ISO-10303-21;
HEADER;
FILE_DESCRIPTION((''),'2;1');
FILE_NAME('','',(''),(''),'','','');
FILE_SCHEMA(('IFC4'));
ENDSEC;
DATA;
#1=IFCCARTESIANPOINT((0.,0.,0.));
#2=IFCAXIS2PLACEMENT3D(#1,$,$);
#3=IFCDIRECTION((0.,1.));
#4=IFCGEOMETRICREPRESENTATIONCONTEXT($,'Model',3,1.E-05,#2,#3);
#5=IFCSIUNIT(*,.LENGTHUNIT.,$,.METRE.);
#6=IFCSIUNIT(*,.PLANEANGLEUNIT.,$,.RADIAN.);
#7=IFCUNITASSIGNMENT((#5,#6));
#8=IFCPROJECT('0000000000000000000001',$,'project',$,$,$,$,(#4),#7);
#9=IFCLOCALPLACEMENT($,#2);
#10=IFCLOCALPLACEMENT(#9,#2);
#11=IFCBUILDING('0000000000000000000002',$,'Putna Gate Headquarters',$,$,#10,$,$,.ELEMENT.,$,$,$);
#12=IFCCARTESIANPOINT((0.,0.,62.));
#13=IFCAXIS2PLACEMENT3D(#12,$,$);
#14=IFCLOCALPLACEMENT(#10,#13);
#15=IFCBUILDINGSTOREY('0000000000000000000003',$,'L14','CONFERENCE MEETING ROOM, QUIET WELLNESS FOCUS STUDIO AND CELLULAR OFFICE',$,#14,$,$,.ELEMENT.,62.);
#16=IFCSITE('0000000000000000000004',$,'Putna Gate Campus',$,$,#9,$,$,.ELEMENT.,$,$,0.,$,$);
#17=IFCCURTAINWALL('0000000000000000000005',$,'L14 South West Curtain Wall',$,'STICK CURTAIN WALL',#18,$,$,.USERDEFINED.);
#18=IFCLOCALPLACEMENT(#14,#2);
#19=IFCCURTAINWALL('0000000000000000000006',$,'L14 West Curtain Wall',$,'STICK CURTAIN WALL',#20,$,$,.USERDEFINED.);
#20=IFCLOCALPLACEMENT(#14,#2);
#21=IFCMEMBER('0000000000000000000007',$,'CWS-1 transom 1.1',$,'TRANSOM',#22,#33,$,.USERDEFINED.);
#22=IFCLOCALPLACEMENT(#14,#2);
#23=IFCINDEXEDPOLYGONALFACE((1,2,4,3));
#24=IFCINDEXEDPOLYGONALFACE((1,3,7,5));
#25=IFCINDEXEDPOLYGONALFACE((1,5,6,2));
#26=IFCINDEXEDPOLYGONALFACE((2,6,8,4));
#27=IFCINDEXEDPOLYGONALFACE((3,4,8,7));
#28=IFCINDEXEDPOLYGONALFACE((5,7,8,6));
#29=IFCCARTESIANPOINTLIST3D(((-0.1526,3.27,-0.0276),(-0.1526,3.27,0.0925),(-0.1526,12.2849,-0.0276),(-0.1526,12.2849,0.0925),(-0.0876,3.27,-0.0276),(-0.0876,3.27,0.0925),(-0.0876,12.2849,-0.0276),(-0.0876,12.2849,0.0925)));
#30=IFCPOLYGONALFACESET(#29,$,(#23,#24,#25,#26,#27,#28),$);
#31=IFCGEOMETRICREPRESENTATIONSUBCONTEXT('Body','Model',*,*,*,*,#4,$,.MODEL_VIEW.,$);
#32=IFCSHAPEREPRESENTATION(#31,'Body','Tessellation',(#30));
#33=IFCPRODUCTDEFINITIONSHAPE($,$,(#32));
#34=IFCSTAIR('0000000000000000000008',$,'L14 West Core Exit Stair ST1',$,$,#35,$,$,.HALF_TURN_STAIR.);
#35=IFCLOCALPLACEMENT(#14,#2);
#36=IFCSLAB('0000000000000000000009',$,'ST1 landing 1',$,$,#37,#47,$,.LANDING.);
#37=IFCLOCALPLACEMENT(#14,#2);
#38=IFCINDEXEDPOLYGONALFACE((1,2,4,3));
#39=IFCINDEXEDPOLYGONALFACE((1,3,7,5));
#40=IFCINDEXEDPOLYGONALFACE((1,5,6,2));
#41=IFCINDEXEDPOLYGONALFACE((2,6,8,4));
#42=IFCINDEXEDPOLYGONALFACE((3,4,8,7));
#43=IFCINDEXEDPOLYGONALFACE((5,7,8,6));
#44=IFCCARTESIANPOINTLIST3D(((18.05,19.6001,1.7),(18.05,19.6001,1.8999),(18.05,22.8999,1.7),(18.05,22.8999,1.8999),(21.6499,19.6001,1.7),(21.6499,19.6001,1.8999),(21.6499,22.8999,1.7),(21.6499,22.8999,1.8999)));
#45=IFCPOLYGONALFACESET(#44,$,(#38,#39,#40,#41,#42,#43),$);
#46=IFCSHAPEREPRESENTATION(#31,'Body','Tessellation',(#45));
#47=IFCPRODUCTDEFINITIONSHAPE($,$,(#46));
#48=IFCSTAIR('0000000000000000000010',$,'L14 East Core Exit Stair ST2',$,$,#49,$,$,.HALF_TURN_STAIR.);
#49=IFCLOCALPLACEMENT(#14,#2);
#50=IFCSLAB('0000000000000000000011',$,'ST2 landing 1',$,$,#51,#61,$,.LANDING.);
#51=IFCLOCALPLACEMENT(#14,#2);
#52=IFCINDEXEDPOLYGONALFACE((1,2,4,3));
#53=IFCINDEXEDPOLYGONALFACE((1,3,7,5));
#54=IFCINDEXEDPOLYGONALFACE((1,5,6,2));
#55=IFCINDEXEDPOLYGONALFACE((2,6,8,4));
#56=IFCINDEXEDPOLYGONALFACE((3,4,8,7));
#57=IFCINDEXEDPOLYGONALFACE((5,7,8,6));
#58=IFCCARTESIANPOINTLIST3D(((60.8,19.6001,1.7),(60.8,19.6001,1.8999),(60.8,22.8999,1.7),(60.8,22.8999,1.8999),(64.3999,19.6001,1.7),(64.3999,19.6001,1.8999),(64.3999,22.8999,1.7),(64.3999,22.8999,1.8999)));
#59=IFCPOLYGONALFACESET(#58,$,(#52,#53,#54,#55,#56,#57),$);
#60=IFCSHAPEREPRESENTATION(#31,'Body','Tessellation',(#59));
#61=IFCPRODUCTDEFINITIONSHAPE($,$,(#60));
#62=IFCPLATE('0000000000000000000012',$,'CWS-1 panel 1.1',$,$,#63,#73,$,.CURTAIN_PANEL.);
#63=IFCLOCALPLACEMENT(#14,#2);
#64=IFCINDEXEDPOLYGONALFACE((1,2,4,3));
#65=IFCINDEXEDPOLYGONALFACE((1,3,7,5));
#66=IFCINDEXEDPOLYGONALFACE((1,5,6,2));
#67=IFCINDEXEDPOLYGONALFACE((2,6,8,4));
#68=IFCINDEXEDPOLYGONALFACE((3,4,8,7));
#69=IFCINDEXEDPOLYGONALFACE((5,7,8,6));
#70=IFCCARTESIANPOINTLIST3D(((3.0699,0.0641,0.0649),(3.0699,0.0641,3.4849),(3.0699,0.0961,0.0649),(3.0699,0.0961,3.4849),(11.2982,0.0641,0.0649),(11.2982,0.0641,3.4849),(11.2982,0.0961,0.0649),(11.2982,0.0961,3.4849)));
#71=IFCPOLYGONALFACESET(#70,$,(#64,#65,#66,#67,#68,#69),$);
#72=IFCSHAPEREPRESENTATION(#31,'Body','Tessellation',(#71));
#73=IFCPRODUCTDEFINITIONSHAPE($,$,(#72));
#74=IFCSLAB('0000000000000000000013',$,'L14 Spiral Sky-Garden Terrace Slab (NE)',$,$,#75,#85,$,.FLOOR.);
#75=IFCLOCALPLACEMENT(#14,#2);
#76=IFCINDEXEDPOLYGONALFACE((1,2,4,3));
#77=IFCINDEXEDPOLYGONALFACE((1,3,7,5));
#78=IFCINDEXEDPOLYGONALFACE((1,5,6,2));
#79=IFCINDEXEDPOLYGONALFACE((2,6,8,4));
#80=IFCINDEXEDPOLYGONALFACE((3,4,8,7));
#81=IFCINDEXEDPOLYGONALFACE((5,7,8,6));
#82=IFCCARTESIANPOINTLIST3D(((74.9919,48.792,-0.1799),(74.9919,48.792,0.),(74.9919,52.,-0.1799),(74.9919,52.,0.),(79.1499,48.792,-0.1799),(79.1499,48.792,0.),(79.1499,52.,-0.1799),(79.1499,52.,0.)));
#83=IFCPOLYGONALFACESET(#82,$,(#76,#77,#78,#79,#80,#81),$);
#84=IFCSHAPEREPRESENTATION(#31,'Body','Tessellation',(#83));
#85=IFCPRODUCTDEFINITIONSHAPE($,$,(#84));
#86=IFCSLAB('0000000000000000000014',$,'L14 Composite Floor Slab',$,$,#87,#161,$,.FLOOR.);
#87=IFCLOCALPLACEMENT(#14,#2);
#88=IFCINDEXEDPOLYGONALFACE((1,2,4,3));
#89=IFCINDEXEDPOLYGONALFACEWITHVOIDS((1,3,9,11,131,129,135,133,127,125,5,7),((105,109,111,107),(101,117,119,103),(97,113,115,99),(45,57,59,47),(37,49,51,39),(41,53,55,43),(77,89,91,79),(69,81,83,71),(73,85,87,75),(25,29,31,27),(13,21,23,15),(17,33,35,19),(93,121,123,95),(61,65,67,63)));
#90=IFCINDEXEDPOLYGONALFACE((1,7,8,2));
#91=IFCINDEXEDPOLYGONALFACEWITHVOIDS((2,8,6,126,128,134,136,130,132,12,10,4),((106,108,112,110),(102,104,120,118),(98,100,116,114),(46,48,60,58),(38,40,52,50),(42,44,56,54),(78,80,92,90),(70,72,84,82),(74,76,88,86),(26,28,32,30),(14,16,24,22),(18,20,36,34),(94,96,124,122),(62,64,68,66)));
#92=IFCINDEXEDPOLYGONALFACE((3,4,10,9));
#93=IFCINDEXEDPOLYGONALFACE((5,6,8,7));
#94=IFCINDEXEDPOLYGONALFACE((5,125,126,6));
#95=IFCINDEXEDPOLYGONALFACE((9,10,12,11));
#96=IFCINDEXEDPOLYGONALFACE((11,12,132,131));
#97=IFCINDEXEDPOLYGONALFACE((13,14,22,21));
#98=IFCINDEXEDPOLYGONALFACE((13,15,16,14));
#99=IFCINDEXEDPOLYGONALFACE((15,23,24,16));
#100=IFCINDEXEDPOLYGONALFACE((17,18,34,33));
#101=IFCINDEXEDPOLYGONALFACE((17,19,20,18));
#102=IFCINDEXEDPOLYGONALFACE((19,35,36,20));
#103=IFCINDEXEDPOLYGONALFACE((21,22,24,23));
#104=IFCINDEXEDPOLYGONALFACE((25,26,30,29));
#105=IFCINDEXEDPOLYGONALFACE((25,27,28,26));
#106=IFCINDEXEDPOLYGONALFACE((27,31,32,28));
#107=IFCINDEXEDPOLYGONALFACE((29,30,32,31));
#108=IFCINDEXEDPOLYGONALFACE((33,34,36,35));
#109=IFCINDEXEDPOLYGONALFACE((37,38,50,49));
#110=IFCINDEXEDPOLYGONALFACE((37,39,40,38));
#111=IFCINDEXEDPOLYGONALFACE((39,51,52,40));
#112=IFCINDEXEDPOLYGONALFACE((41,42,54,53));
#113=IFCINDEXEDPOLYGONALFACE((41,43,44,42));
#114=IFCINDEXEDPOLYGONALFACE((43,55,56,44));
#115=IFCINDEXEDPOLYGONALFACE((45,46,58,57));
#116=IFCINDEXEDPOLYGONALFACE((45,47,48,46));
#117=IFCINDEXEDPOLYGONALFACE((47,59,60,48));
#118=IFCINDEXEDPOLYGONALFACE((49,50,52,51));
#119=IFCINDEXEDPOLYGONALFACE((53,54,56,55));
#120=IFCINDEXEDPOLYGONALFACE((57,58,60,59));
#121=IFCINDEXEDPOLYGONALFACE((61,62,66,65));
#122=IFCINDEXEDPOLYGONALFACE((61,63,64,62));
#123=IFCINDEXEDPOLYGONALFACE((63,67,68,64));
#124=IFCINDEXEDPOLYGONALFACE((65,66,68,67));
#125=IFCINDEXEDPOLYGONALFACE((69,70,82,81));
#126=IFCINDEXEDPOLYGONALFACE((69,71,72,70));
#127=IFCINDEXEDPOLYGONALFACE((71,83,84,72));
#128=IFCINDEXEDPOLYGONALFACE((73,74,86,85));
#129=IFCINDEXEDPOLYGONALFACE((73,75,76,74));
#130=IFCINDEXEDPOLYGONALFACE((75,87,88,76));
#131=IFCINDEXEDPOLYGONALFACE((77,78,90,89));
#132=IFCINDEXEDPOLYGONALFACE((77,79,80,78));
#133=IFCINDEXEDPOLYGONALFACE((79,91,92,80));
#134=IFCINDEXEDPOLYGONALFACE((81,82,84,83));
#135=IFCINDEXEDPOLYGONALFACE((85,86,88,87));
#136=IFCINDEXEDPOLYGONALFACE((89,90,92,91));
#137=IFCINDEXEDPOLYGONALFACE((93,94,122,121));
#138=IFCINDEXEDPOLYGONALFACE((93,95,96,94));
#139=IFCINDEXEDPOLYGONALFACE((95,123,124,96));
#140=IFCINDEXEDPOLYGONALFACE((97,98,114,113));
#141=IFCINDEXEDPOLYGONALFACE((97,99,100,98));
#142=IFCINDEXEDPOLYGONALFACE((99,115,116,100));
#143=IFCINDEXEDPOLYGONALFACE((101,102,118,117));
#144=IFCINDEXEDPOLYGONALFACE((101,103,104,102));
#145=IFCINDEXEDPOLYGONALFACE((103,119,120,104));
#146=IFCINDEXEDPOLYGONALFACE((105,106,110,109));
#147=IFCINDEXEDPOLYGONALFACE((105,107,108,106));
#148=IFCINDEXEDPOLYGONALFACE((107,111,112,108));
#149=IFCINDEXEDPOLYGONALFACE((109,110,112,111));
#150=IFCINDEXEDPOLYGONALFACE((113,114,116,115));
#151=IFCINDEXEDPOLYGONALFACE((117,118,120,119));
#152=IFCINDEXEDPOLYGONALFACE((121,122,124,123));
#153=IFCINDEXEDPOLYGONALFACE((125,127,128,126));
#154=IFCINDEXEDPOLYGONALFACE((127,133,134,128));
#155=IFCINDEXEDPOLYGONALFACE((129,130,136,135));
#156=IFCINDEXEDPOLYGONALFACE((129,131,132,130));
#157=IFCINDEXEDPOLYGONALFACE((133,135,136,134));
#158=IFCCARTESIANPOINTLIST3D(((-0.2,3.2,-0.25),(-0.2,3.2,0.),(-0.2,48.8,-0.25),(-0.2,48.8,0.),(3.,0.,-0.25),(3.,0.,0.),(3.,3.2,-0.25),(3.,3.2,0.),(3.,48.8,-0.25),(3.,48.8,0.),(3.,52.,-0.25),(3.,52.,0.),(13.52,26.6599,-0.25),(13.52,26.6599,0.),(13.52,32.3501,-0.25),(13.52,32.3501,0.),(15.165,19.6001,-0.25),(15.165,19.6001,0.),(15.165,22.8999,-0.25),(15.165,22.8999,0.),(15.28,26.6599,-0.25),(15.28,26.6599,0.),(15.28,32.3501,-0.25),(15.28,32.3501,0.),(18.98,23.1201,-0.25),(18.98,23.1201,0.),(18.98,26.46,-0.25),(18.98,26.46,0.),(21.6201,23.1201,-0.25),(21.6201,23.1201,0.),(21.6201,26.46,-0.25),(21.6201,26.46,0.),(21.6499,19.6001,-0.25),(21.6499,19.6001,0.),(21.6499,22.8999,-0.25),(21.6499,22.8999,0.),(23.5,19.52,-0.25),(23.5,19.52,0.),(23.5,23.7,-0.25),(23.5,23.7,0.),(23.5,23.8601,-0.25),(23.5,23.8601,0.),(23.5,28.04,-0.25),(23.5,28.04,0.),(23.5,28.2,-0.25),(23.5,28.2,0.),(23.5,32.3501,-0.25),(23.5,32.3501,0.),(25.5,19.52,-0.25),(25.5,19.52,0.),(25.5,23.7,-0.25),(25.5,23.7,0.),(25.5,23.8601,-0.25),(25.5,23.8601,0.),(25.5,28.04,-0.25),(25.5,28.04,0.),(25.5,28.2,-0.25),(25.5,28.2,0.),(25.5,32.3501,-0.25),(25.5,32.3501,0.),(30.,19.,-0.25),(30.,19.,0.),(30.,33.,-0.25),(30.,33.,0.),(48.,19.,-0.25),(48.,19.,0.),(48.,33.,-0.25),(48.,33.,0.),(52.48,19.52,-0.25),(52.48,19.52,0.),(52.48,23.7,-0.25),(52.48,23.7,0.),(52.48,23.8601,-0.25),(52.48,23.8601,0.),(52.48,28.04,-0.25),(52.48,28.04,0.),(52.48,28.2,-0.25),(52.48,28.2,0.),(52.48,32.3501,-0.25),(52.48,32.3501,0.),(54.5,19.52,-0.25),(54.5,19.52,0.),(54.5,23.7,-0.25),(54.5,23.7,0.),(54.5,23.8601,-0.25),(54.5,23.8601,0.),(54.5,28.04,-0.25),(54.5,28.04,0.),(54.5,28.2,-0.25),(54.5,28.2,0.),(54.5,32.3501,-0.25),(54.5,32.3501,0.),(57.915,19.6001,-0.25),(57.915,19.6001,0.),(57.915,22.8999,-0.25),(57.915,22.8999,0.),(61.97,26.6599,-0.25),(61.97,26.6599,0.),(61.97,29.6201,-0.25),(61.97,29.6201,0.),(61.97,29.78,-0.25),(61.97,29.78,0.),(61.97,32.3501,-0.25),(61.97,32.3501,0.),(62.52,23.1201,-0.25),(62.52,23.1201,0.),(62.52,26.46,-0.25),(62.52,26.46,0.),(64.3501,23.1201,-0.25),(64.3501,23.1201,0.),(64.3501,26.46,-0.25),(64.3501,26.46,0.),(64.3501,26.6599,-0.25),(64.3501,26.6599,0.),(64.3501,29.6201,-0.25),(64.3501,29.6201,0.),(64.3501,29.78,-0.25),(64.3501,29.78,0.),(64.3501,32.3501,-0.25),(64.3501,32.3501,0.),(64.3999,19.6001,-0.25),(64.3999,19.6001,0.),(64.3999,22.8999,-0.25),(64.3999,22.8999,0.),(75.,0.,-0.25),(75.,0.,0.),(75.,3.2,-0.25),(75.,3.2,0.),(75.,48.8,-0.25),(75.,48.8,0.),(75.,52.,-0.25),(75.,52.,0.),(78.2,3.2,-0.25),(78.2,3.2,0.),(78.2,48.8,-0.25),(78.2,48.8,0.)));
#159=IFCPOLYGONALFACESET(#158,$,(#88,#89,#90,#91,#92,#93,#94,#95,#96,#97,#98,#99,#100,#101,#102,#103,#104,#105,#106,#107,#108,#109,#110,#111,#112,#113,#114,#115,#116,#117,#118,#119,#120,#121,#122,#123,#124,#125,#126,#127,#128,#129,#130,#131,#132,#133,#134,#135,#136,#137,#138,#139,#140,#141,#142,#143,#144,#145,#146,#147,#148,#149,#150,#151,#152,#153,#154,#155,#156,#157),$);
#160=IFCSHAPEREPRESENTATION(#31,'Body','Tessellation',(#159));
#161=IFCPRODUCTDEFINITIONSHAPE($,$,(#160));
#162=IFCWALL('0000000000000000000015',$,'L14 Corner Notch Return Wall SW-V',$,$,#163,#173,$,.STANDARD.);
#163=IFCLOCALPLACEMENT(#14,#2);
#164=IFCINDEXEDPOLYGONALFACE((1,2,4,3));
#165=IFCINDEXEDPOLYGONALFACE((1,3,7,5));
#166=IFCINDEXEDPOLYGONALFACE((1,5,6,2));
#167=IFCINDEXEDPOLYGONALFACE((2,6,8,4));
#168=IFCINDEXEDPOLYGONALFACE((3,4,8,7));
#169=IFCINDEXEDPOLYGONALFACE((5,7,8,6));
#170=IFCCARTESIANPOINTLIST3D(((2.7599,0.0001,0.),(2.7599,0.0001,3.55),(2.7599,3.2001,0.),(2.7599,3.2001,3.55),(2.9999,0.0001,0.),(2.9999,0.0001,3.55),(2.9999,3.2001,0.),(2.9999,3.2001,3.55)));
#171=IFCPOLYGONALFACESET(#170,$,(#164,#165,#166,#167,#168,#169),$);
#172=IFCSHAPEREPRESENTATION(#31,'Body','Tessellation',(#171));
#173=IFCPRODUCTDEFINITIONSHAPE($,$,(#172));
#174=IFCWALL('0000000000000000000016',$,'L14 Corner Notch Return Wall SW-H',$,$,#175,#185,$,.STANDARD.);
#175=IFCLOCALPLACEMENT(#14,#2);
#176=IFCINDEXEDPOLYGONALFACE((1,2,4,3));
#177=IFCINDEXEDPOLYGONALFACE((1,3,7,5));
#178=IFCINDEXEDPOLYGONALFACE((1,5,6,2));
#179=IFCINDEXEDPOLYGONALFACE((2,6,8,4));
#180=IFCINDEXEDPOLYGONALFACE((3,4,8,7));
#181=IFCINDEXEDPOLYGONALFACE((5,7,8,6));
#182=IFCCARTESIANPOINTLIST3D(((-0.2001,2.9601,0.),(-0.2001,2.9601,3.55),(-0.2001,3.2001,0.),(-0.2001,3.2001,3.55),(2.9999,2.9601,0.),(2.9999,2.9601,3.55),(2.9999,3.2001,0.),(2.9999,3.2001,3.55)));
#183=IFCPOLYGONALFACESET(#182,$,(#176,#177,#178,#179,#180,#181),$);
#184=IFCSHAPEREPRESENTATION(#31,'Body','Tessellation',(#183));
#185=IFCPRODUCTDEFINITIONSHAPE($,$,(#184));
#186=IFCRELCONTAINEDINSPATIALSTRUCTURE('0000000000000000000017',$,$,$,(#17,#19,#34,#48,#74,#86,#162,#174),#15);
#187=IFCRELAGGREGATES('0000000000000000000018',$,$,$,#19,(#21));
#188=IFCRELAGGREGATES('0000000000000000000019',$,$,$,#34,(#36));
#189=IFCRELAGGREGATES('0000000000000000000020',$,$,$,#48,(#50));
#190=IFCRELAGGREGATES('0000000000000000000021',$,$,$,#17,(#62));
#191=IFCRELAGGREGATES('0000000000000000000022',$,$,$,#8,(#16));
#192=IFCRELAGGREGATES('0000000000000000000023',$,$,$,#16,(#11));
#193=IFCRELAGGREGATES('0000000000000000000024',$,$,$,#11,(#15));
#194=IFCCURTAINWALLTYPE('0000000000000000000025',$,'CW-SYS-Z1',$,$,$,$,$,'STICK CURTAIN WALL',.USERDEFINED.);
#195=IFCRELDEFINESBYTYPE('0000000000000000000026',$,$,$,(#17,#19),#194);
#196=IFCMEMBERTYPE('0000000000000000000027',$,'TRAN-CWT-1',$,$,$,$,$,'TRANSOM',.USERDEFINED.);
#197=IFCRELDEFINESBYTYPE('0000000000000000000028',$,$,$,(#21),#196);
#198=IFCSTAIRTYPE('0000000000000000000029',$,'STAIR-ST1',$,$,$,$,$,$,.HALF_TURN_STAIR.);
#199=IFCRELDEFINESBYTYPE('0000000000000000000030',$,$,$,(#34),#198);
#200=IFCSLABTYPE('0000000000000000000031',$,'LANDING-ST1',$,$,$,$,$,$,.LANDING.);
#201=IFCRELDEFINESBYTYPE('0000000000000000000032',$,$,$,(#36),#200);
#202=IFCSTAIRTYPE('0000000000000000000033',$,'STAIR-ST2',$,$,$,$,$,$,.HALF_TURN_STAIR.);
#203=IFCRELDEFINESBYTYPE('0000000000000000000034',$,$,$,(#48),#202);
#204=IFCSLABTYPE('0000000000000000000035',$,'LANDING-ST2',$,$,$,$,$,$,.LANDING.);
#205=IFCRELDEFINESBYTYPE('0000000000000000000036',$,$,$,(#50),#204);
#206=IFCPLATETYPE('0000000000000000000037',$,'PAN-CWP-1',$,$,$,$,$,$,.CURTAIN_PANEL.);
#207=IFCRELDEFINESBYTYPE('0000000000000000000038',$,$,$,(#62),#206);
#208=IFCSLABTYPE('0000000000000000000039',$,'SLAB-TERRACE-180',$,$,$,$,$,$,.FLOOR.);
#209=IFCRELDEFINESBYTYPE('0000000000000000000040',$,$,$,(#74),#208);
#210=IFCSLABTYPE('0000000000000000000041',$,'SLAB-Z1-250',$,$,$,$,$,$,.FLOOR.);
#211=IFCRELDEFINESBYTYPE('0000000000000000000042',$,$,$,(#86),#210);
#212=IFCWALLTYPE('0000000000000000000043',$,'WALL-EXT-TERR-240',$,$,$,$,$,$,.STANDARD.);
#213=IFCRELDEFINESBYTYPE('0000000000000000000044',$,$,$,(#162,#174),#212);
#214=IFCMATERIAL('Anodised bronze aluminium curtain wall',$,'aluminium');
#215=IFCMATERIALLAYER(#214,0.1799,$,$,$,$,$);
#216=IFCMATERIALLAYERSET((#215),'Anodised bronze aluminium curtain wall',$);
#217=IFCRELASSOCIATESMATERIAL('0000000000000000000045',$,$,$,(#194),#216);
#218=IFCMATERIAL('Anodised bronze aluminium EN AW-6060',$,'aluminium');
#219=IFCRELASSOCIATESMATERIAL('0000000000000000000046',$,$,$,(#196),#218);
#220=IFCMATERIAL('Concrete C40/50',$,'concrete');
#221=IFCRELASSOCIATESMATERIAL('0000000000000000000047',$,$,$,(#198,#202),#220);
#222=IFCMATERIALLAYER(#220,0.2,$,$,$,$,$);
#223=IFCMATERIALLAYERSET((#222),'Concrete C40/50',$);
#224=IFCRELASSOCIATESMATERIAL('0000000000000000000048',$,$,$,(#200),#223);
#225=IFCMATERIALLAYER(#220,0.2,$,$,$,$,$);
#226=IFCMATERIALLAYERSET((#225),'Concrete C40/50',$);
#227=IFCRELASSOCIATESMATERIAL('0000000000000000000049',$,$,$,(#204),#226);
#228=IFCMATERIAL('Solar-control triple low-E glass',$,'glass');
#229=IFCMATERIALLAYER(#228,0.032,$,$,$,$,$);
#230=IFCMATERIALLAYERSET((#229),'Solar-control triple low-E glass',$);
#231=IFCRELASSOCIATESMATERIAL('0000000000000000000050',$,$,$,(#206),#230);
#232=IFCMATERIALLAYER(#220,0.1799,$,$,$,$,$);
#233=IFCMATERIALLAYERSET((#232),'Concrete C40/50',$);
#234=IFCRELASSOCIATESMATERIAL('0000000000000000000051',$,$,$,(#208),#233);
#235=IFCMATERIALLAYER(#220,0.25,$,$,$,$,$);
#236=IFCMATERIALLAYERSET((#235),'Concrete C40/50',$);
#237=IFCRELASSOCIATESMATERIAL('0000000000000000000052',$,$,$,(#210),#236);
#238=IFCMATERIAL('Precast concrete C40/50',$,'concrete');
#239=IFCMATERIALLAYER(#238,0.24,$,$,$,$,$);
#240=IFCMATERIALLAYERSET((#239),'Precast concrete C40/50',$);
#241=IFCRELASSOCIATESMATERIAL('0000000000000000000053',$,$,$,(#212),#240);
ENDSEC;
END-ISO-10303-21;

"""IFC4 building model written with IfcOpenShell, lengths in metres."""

from ifc_helpers import new_model, si_unit, direction, frame, frame_2d, origin, origin_2d, place, context, subcontext, project, spatial, polyline, rectangle, outline, extrude, material, layer, layer_set, material_profile, profile_set, type_object, element, aggregate, save


model = new_model("IFC4")

# Units and contexts
model_context = context("Model", 3, precision=1e-05, world=origin(), true_north=direction((0.0, 1.0)))
body_context = subcontext(model_context, "Body", "Model", "MODEL_VIEW")
ifc_project = project(units=[si_unit("LENGTHUNIT", "METRE"), si_unit("PLANEANGLEUNIT", "RADIAN")], contexts=[model_context])

# Site, building, storey
site_placement = place(None, origin())
site = spatial("IfcSite", under=ifc_project, at=site_placement, Name="Putna Gate Campus", CompositionType="ELEMENT", RefElevation=0.0)
building_placement = place(site_placement, origin())
building = spatial("IfcBuilding", under=site, at=building_placement, Name="Putna Gate Headquarters", CompositionType="ELEMENT")
storey_placement = place(building_placement, frame((0.0, 0.0, 62.0)))
storey = spatial("IfcBuildingStorey", under=building, at=storey_placement, Name="L14", Description="CONFERENCE MEETING ROOM, QUIET WELLNESS FOCUS STUDIO AND CELLULAR OFFICE", CompositionType="ELEMENT", Elevation=62.0)

# Curtain wall
ifc_material_1 = material(Name="Anodised bronze aluminium curtain wall", Category="aluminium")
ifc_layer_1 = layer(ifc_material_1, 0.1799)
ifc_layer_set_1 = layer_set([ifc_layer_1], Name="Anodised bronze aluminium curtain wall")
curtain_wall_type = type_object("IfcCurtainWallType", Name="CW-SYS-Z1", ElementType="STICK CURTAIN WALL", PredefinedType="USERDEFINED", material=ifc_layer_set_1)
curtain_wall_1_placement = place(storey_placement, origin())
curtain_wall_1 = element("IfcCurtainWall", 1, at=curtain_wall_1_placement, inside=storey, type_object=curtain_wall_type, Name="L14 South West Curtain Wall", ObjectType="STICK CURTAIN WALL", PredefinedType="USERDEFINED")
ifc_material_2 = material(Name="Anodised bronze aluminium EN AW-6060", Category="aluminium")

# Curtain wall
curtain_wall_2_placement = place(storey_placement, origin())
curtain_wall_2 = element("IfcCurtainWall", 2, at=curtain_wall_2_placement, inside=storey, type_object=curtain_wall_type, Name="L14 West Curtain Wall", ObjectType="STICK CURTAIN WALL", PredefinedType="USERDEFINED")

# Member
ifc_material_profile_1 = material_profile(ifc_material_2, rectangle(XDim=0.0649, YDim=0.1201, at=origin_2d()), Name="Anodised bronze aluminium EN AW-6060")
ifc_profile_set_1 = profile_set([ifc_material_profile_1], Name="Anodised bronze aluminium EN AW-6060")
member_type_1 = type_object("IfcMemberType", Name="TRAN-CWT-1", ElementType="TRANSOM", PredefinedType="USERDEFINED", material=ifc_profile_set_1)
member_1_placement = place(storey_placement, frame((-0.1201, 3.27, 0.0325), z_axis=(0.0, 1.0, 0.0), x_axis=(-1.0, 0.0, 0.0)))
member_1 = element("IfcMember", 3, at=member_1_placement, type_object=member_type_1, Name="CWS-1 transom 1.1", ObjectType="TRANSOM", PredefinedType="USERDEFINED", context=body_context, shape_type="SweptSolid", body=[
    extrude(rectangle(XDim=0.0649, YDim=0.1201, at=origin_2d()), origin(), (0.0, 0.0, 1.0), 9.0149),
])
aggregate(curtain_wall_2, [member_1])

# Stairs, slabs
ifc_material_3 = material(Name="Concrete C40/50", Category="concrete")
stair_type_1 = type_object("IfcStairType", Name="STAIR-ST1", PredefinedType="HALF_TURN_STAIR", material=ifc_material_3)
stair_1_placement = place(storey_placement, origin())
stair_1 = element("IfcStair", 4, at=stair_1_placement, inside=storey, type_object=stair_type_1, Name="L14 West Core Exit Stair ST1", PredefinedType="HALF_TURN_STAIR")
ifc_layer_2 = layer(ifc_material_3, 0.2)
ifc_layer_set_2 = layer_set([ifc_layer_2], Name="Concrete C40/50")
slab_type_1 = type_object("IfcSlabType", Name="LANDING-ST1", PredefinedType="LANDING", material=ifc_layer_set_2)
slab_1_placement = place(storey_placement, frame((0.0, 0.0, 1.7)))
slab_1 = element("IfcSlab", 5, at=slab_1_placement, type_object=slab_type_1, Name="ST1 landing 1", PredefinedType="LANDING", context=body_context, shape_type="SweptSolid", body=[
    extrude(outline(polyline([(18.05, 19.6001), (21.6499, 19.6001), (21.6499, 22.8999), (18.05, 22.8999), (18.05, 19.6001)])), origin(), (0.0, 0.0, 1.0), 0.2),
])
aggregate(stair_1, [slab_1])
stair_type_2 = type_object("IfcStairType", Name="STAIR-ST2", PredefinedType="HALF_TURN_STAIR", material=ifc_material_3)
stair_2_placement = place(storey_placement, origin())
stair_2 = element("IfcStair", 6, at=stair_2_placement, inside=storey, type_object=stair_type_2, Name="L14 East Core Exit Stair ST2", PredefinedType="HALF_TURN_STAIR")
ifc_layer_3 = layer(ifc_material_3, 0.2)
ifc_layer_set_3 = layer_set([ifc_layer_3], Name="Concrete C40/50")
slab_type_2 = type_object("IfcSlabType", Name="LANDING-ST2", PredefinedType="LANDING", material=ifc_layer_set_3)
slab_2_placement = place(storey_placement, frame((0.0, 0.0, 1.7)))
slab_2 = element("IfcSlab", 7, at=slab_2_placement, type_object=slab_type_2, Name="ST2 landing 1", PredefinedType="LANDING", context=body_context, shape_type="SweptSolid", body=[
    extrude(outline(polyline([(60.8, 19.6001), (64.3999, 19.6001), (64.3999, 22.8999), (60.8, 22.8999), (60.8, 19.6001)])), origin(), (0.0, 0.0, 1.0), 0.2),
])
aggregate(stair_2, [slab_2])

# Plate
ifc_material_4 = material(Name="Solar-control triple low-E glass", Category="glass")
ifc_layer_4 = layer(ifc_material_4, 0.032)
ifc_layer_set_4 = layer_set([ifc_layer_4], Name="Solar-control triple low-E glass")
plate_type = type_object("IfcPlateType", Name="PAN-CWP-1", PredefinedType="CURTAIN_PANEL", material=ifc_layer_set_4)
plate_placement = place(storey_placement, frame((7.1841, 0.0801, 0.0649), z_axis=(0.0, 0.0, 1.0), x_axis=(1.0, 0.0, 0.0)))
plate = element("IfcPlate", 8, at=plate_placement, type_object=plate_type, Name="CWS-1 panel 1.1", PredefinedType="CURTAIN_PANEL", context=body_context, shape_type="SweptSolid", body=[
    extrude(rectangle(XDim=8.2283, YDim=0.032, at=origin_2d()), origin(), (0.0, 0.0, 1.0), 3.4199),
])
aggregate(curtain_wall_1, [plate])

# Slabs
ifc_layer_5 = layer(ifc_material_3, 0.1799)
ifc_layer_set_5 = layer_set([ifc_layer_5], Name="Concrete C40/50")
slab_type_3 = type_object("IfcSlabType", Name="SLAB-TERRACE-180", PredefinedType="FLOOR", material=ifc_layer_set_5)
slab_3_placement = place(storey_placement, frame((0.0, 0.0, -0.1799)))
element("IfcSlab", 9, at=slab_3_placement, inside=storey, type_object=slab_type_3, Name="L14 Spiral Sky-Garden Terrace Slab (NE)", PredefinedType="FLOOR", context=body_context, shape_type="SweptSolid", body=[
    extrude(outline(polyline([(74.9919, 48.792), (79.1499, 48.792), (79.1499, 52.0), (74.9919, 52.0), (74.9919, 48.792)])), origin(), (0.0, 0.0, 1.0), 0.1799),
])
ifc_layer_6 = layer(ifc_material_3, 0.25)
ifc_layer_set_6 = layer_set([ifc_layer_6], Name="Concrete C40/50")
slab_type_4 = type_object("IfcSlabType", Name="SLAB-Z1-250", PredefinedType="FLOOR", material=ifc_layer_set_6)
slab_4_placement = place(storey_placement, frame((0.0, 0.0, -0.25)))
element("IfcSlab", 10, at=slab_4_placement, inside=storey, type_object=slab_type_4, Name="L14 Composite Floor Slab", PredefinedType="FLOOR", context=body_context, shape_type="SweptSolid", body=[
    extrude(outline(polyline([(3.0, 0.0), (75.0, 0.0), (75.0, 3.2), (78.2, 3.2), (78.2, 48.8), (75.0, 48.8), (75.0, 52.0), (3.0, 52.0), (3.0, 48.8), (-0.2, 48.8), (-0.2, 3.2), (3.0, 3.2), (3.0, 0.0)]), holes=[polyline([(15.165, 19.6001), (21.6499, 19.6001), (21.6499, 22.8999), (15.165, 22.8999), (15.165, 19.6001)]), polyline([(57.915, 19.6001), (64.3999, 19.6001), (64.3999, 22.8999), (57.915, 22.8999), (57.915, 19.6001)]), polyline([(13.52, 26.6599), (15.28, 26.6599), (15.28, 32.3501), (13.52, 32.3501), (13.52, 26.6599)]), polyline([(61.97, 29.78), (64.3501, 29.78), (64.3501, 32.3501), (61.97, 32.3501), (61.97, 29.78)]), polyline([(18.98, 23.1201), (21.6201, 23.1201), (21.6201, 26.46), (18.98, 26.46), (18.98, 23.1201)]), polyline([(62.52, 23.1201), (64.3501, 23.1201), (64.3501, 26.46), (62.52, 26.46), (62.52, 23.1201)]), polyline([(61.97, 26.6599), (64.3501, 26.6599), (64.3501, 29.6201), (61.97, 29.6201), (61.97, 26.6599)]), polyline([(23.5, 19.52), (25.5, 19.52), (25.5, 23.7), (23.5, 23.7), (23.5, 19.52)]), polyline([(52.48, 19.52), (54.5, 19.52), (54.5, 23.7), (52.48, 23.7), (52.48, 19.52)]), polyline([(23.5, 23.8601), (25.5, 23.8601), (25.5, 28.04), (23.5, 28.04), (23.5, 23.8601)]), polyline([(52.48, 23.8601), (54.5, 23.8601), (54.5, 28.04), (52.48, 28.04), (52.48, 23.8601)]), polyline([(23.5, 28.2), (25.5, 28.2), (25.5, 32.3501), (23.5, 32.3501), (23.5, 28.2)]), polyline([(52.48, 28.2), (54.5, 28.2), (54.5, 32.3501), (52.48, 32.3501), (52.48, 28.2)]), polyline([(30.0, 19.0), (48.0, 19.0), (48.0, 33.0), (30.0, 33.0), (30.0, 19.0)])]), origin(), (0.0, 0.0, 1.0), 0.25),
])

# Walls
ifc_material_5 = material(Name="Precast concrete C40/50", Category="concrete")
ifc_layer_7 = layer(ifc_material_5, 0.24)
ifc_layer_set_7 = layer_set([ifc_layer_7], Name="Precast concrete C40/50")
wall_type_1 = type_object("IfcWallType", Name="WALL-EXT-TERR-240", PredefinedType="STANDARD", material=ifc_layer_set_7)
for number, where, z_axis, x_axis, name in (
    (11, (2.8799, 0.0, 0.0), (0.0, 0.0, 1.0), (0.0, 1.0, 0.0), "L14 Corner Notch Return Wall SW-V"),
    (12, (3.0, 3.0801, 0.0), (0.0, 0.0, 1.0), (-1.0, 0.0, 0.0), "L14 Corner Notch Return Wall SW-H"),
):
    element("IfcWall", number, at=place(storey_placement, frame(where, z_axis=z_axis, x_axis=x_axis)), inside=storey, type_object=wall_type_1, Name=name, PredefinedType="STANDARD", context=body_context, shape_type="SweptSolid", body=[
        extrude(rectangle(XDim=3.2, YDim=0.24, at=frame_2d((1.6001, 0.0))), origin(), (0.0, 0.0, 1.0), 3.55),
    ])

save(model, "model.ifc")
